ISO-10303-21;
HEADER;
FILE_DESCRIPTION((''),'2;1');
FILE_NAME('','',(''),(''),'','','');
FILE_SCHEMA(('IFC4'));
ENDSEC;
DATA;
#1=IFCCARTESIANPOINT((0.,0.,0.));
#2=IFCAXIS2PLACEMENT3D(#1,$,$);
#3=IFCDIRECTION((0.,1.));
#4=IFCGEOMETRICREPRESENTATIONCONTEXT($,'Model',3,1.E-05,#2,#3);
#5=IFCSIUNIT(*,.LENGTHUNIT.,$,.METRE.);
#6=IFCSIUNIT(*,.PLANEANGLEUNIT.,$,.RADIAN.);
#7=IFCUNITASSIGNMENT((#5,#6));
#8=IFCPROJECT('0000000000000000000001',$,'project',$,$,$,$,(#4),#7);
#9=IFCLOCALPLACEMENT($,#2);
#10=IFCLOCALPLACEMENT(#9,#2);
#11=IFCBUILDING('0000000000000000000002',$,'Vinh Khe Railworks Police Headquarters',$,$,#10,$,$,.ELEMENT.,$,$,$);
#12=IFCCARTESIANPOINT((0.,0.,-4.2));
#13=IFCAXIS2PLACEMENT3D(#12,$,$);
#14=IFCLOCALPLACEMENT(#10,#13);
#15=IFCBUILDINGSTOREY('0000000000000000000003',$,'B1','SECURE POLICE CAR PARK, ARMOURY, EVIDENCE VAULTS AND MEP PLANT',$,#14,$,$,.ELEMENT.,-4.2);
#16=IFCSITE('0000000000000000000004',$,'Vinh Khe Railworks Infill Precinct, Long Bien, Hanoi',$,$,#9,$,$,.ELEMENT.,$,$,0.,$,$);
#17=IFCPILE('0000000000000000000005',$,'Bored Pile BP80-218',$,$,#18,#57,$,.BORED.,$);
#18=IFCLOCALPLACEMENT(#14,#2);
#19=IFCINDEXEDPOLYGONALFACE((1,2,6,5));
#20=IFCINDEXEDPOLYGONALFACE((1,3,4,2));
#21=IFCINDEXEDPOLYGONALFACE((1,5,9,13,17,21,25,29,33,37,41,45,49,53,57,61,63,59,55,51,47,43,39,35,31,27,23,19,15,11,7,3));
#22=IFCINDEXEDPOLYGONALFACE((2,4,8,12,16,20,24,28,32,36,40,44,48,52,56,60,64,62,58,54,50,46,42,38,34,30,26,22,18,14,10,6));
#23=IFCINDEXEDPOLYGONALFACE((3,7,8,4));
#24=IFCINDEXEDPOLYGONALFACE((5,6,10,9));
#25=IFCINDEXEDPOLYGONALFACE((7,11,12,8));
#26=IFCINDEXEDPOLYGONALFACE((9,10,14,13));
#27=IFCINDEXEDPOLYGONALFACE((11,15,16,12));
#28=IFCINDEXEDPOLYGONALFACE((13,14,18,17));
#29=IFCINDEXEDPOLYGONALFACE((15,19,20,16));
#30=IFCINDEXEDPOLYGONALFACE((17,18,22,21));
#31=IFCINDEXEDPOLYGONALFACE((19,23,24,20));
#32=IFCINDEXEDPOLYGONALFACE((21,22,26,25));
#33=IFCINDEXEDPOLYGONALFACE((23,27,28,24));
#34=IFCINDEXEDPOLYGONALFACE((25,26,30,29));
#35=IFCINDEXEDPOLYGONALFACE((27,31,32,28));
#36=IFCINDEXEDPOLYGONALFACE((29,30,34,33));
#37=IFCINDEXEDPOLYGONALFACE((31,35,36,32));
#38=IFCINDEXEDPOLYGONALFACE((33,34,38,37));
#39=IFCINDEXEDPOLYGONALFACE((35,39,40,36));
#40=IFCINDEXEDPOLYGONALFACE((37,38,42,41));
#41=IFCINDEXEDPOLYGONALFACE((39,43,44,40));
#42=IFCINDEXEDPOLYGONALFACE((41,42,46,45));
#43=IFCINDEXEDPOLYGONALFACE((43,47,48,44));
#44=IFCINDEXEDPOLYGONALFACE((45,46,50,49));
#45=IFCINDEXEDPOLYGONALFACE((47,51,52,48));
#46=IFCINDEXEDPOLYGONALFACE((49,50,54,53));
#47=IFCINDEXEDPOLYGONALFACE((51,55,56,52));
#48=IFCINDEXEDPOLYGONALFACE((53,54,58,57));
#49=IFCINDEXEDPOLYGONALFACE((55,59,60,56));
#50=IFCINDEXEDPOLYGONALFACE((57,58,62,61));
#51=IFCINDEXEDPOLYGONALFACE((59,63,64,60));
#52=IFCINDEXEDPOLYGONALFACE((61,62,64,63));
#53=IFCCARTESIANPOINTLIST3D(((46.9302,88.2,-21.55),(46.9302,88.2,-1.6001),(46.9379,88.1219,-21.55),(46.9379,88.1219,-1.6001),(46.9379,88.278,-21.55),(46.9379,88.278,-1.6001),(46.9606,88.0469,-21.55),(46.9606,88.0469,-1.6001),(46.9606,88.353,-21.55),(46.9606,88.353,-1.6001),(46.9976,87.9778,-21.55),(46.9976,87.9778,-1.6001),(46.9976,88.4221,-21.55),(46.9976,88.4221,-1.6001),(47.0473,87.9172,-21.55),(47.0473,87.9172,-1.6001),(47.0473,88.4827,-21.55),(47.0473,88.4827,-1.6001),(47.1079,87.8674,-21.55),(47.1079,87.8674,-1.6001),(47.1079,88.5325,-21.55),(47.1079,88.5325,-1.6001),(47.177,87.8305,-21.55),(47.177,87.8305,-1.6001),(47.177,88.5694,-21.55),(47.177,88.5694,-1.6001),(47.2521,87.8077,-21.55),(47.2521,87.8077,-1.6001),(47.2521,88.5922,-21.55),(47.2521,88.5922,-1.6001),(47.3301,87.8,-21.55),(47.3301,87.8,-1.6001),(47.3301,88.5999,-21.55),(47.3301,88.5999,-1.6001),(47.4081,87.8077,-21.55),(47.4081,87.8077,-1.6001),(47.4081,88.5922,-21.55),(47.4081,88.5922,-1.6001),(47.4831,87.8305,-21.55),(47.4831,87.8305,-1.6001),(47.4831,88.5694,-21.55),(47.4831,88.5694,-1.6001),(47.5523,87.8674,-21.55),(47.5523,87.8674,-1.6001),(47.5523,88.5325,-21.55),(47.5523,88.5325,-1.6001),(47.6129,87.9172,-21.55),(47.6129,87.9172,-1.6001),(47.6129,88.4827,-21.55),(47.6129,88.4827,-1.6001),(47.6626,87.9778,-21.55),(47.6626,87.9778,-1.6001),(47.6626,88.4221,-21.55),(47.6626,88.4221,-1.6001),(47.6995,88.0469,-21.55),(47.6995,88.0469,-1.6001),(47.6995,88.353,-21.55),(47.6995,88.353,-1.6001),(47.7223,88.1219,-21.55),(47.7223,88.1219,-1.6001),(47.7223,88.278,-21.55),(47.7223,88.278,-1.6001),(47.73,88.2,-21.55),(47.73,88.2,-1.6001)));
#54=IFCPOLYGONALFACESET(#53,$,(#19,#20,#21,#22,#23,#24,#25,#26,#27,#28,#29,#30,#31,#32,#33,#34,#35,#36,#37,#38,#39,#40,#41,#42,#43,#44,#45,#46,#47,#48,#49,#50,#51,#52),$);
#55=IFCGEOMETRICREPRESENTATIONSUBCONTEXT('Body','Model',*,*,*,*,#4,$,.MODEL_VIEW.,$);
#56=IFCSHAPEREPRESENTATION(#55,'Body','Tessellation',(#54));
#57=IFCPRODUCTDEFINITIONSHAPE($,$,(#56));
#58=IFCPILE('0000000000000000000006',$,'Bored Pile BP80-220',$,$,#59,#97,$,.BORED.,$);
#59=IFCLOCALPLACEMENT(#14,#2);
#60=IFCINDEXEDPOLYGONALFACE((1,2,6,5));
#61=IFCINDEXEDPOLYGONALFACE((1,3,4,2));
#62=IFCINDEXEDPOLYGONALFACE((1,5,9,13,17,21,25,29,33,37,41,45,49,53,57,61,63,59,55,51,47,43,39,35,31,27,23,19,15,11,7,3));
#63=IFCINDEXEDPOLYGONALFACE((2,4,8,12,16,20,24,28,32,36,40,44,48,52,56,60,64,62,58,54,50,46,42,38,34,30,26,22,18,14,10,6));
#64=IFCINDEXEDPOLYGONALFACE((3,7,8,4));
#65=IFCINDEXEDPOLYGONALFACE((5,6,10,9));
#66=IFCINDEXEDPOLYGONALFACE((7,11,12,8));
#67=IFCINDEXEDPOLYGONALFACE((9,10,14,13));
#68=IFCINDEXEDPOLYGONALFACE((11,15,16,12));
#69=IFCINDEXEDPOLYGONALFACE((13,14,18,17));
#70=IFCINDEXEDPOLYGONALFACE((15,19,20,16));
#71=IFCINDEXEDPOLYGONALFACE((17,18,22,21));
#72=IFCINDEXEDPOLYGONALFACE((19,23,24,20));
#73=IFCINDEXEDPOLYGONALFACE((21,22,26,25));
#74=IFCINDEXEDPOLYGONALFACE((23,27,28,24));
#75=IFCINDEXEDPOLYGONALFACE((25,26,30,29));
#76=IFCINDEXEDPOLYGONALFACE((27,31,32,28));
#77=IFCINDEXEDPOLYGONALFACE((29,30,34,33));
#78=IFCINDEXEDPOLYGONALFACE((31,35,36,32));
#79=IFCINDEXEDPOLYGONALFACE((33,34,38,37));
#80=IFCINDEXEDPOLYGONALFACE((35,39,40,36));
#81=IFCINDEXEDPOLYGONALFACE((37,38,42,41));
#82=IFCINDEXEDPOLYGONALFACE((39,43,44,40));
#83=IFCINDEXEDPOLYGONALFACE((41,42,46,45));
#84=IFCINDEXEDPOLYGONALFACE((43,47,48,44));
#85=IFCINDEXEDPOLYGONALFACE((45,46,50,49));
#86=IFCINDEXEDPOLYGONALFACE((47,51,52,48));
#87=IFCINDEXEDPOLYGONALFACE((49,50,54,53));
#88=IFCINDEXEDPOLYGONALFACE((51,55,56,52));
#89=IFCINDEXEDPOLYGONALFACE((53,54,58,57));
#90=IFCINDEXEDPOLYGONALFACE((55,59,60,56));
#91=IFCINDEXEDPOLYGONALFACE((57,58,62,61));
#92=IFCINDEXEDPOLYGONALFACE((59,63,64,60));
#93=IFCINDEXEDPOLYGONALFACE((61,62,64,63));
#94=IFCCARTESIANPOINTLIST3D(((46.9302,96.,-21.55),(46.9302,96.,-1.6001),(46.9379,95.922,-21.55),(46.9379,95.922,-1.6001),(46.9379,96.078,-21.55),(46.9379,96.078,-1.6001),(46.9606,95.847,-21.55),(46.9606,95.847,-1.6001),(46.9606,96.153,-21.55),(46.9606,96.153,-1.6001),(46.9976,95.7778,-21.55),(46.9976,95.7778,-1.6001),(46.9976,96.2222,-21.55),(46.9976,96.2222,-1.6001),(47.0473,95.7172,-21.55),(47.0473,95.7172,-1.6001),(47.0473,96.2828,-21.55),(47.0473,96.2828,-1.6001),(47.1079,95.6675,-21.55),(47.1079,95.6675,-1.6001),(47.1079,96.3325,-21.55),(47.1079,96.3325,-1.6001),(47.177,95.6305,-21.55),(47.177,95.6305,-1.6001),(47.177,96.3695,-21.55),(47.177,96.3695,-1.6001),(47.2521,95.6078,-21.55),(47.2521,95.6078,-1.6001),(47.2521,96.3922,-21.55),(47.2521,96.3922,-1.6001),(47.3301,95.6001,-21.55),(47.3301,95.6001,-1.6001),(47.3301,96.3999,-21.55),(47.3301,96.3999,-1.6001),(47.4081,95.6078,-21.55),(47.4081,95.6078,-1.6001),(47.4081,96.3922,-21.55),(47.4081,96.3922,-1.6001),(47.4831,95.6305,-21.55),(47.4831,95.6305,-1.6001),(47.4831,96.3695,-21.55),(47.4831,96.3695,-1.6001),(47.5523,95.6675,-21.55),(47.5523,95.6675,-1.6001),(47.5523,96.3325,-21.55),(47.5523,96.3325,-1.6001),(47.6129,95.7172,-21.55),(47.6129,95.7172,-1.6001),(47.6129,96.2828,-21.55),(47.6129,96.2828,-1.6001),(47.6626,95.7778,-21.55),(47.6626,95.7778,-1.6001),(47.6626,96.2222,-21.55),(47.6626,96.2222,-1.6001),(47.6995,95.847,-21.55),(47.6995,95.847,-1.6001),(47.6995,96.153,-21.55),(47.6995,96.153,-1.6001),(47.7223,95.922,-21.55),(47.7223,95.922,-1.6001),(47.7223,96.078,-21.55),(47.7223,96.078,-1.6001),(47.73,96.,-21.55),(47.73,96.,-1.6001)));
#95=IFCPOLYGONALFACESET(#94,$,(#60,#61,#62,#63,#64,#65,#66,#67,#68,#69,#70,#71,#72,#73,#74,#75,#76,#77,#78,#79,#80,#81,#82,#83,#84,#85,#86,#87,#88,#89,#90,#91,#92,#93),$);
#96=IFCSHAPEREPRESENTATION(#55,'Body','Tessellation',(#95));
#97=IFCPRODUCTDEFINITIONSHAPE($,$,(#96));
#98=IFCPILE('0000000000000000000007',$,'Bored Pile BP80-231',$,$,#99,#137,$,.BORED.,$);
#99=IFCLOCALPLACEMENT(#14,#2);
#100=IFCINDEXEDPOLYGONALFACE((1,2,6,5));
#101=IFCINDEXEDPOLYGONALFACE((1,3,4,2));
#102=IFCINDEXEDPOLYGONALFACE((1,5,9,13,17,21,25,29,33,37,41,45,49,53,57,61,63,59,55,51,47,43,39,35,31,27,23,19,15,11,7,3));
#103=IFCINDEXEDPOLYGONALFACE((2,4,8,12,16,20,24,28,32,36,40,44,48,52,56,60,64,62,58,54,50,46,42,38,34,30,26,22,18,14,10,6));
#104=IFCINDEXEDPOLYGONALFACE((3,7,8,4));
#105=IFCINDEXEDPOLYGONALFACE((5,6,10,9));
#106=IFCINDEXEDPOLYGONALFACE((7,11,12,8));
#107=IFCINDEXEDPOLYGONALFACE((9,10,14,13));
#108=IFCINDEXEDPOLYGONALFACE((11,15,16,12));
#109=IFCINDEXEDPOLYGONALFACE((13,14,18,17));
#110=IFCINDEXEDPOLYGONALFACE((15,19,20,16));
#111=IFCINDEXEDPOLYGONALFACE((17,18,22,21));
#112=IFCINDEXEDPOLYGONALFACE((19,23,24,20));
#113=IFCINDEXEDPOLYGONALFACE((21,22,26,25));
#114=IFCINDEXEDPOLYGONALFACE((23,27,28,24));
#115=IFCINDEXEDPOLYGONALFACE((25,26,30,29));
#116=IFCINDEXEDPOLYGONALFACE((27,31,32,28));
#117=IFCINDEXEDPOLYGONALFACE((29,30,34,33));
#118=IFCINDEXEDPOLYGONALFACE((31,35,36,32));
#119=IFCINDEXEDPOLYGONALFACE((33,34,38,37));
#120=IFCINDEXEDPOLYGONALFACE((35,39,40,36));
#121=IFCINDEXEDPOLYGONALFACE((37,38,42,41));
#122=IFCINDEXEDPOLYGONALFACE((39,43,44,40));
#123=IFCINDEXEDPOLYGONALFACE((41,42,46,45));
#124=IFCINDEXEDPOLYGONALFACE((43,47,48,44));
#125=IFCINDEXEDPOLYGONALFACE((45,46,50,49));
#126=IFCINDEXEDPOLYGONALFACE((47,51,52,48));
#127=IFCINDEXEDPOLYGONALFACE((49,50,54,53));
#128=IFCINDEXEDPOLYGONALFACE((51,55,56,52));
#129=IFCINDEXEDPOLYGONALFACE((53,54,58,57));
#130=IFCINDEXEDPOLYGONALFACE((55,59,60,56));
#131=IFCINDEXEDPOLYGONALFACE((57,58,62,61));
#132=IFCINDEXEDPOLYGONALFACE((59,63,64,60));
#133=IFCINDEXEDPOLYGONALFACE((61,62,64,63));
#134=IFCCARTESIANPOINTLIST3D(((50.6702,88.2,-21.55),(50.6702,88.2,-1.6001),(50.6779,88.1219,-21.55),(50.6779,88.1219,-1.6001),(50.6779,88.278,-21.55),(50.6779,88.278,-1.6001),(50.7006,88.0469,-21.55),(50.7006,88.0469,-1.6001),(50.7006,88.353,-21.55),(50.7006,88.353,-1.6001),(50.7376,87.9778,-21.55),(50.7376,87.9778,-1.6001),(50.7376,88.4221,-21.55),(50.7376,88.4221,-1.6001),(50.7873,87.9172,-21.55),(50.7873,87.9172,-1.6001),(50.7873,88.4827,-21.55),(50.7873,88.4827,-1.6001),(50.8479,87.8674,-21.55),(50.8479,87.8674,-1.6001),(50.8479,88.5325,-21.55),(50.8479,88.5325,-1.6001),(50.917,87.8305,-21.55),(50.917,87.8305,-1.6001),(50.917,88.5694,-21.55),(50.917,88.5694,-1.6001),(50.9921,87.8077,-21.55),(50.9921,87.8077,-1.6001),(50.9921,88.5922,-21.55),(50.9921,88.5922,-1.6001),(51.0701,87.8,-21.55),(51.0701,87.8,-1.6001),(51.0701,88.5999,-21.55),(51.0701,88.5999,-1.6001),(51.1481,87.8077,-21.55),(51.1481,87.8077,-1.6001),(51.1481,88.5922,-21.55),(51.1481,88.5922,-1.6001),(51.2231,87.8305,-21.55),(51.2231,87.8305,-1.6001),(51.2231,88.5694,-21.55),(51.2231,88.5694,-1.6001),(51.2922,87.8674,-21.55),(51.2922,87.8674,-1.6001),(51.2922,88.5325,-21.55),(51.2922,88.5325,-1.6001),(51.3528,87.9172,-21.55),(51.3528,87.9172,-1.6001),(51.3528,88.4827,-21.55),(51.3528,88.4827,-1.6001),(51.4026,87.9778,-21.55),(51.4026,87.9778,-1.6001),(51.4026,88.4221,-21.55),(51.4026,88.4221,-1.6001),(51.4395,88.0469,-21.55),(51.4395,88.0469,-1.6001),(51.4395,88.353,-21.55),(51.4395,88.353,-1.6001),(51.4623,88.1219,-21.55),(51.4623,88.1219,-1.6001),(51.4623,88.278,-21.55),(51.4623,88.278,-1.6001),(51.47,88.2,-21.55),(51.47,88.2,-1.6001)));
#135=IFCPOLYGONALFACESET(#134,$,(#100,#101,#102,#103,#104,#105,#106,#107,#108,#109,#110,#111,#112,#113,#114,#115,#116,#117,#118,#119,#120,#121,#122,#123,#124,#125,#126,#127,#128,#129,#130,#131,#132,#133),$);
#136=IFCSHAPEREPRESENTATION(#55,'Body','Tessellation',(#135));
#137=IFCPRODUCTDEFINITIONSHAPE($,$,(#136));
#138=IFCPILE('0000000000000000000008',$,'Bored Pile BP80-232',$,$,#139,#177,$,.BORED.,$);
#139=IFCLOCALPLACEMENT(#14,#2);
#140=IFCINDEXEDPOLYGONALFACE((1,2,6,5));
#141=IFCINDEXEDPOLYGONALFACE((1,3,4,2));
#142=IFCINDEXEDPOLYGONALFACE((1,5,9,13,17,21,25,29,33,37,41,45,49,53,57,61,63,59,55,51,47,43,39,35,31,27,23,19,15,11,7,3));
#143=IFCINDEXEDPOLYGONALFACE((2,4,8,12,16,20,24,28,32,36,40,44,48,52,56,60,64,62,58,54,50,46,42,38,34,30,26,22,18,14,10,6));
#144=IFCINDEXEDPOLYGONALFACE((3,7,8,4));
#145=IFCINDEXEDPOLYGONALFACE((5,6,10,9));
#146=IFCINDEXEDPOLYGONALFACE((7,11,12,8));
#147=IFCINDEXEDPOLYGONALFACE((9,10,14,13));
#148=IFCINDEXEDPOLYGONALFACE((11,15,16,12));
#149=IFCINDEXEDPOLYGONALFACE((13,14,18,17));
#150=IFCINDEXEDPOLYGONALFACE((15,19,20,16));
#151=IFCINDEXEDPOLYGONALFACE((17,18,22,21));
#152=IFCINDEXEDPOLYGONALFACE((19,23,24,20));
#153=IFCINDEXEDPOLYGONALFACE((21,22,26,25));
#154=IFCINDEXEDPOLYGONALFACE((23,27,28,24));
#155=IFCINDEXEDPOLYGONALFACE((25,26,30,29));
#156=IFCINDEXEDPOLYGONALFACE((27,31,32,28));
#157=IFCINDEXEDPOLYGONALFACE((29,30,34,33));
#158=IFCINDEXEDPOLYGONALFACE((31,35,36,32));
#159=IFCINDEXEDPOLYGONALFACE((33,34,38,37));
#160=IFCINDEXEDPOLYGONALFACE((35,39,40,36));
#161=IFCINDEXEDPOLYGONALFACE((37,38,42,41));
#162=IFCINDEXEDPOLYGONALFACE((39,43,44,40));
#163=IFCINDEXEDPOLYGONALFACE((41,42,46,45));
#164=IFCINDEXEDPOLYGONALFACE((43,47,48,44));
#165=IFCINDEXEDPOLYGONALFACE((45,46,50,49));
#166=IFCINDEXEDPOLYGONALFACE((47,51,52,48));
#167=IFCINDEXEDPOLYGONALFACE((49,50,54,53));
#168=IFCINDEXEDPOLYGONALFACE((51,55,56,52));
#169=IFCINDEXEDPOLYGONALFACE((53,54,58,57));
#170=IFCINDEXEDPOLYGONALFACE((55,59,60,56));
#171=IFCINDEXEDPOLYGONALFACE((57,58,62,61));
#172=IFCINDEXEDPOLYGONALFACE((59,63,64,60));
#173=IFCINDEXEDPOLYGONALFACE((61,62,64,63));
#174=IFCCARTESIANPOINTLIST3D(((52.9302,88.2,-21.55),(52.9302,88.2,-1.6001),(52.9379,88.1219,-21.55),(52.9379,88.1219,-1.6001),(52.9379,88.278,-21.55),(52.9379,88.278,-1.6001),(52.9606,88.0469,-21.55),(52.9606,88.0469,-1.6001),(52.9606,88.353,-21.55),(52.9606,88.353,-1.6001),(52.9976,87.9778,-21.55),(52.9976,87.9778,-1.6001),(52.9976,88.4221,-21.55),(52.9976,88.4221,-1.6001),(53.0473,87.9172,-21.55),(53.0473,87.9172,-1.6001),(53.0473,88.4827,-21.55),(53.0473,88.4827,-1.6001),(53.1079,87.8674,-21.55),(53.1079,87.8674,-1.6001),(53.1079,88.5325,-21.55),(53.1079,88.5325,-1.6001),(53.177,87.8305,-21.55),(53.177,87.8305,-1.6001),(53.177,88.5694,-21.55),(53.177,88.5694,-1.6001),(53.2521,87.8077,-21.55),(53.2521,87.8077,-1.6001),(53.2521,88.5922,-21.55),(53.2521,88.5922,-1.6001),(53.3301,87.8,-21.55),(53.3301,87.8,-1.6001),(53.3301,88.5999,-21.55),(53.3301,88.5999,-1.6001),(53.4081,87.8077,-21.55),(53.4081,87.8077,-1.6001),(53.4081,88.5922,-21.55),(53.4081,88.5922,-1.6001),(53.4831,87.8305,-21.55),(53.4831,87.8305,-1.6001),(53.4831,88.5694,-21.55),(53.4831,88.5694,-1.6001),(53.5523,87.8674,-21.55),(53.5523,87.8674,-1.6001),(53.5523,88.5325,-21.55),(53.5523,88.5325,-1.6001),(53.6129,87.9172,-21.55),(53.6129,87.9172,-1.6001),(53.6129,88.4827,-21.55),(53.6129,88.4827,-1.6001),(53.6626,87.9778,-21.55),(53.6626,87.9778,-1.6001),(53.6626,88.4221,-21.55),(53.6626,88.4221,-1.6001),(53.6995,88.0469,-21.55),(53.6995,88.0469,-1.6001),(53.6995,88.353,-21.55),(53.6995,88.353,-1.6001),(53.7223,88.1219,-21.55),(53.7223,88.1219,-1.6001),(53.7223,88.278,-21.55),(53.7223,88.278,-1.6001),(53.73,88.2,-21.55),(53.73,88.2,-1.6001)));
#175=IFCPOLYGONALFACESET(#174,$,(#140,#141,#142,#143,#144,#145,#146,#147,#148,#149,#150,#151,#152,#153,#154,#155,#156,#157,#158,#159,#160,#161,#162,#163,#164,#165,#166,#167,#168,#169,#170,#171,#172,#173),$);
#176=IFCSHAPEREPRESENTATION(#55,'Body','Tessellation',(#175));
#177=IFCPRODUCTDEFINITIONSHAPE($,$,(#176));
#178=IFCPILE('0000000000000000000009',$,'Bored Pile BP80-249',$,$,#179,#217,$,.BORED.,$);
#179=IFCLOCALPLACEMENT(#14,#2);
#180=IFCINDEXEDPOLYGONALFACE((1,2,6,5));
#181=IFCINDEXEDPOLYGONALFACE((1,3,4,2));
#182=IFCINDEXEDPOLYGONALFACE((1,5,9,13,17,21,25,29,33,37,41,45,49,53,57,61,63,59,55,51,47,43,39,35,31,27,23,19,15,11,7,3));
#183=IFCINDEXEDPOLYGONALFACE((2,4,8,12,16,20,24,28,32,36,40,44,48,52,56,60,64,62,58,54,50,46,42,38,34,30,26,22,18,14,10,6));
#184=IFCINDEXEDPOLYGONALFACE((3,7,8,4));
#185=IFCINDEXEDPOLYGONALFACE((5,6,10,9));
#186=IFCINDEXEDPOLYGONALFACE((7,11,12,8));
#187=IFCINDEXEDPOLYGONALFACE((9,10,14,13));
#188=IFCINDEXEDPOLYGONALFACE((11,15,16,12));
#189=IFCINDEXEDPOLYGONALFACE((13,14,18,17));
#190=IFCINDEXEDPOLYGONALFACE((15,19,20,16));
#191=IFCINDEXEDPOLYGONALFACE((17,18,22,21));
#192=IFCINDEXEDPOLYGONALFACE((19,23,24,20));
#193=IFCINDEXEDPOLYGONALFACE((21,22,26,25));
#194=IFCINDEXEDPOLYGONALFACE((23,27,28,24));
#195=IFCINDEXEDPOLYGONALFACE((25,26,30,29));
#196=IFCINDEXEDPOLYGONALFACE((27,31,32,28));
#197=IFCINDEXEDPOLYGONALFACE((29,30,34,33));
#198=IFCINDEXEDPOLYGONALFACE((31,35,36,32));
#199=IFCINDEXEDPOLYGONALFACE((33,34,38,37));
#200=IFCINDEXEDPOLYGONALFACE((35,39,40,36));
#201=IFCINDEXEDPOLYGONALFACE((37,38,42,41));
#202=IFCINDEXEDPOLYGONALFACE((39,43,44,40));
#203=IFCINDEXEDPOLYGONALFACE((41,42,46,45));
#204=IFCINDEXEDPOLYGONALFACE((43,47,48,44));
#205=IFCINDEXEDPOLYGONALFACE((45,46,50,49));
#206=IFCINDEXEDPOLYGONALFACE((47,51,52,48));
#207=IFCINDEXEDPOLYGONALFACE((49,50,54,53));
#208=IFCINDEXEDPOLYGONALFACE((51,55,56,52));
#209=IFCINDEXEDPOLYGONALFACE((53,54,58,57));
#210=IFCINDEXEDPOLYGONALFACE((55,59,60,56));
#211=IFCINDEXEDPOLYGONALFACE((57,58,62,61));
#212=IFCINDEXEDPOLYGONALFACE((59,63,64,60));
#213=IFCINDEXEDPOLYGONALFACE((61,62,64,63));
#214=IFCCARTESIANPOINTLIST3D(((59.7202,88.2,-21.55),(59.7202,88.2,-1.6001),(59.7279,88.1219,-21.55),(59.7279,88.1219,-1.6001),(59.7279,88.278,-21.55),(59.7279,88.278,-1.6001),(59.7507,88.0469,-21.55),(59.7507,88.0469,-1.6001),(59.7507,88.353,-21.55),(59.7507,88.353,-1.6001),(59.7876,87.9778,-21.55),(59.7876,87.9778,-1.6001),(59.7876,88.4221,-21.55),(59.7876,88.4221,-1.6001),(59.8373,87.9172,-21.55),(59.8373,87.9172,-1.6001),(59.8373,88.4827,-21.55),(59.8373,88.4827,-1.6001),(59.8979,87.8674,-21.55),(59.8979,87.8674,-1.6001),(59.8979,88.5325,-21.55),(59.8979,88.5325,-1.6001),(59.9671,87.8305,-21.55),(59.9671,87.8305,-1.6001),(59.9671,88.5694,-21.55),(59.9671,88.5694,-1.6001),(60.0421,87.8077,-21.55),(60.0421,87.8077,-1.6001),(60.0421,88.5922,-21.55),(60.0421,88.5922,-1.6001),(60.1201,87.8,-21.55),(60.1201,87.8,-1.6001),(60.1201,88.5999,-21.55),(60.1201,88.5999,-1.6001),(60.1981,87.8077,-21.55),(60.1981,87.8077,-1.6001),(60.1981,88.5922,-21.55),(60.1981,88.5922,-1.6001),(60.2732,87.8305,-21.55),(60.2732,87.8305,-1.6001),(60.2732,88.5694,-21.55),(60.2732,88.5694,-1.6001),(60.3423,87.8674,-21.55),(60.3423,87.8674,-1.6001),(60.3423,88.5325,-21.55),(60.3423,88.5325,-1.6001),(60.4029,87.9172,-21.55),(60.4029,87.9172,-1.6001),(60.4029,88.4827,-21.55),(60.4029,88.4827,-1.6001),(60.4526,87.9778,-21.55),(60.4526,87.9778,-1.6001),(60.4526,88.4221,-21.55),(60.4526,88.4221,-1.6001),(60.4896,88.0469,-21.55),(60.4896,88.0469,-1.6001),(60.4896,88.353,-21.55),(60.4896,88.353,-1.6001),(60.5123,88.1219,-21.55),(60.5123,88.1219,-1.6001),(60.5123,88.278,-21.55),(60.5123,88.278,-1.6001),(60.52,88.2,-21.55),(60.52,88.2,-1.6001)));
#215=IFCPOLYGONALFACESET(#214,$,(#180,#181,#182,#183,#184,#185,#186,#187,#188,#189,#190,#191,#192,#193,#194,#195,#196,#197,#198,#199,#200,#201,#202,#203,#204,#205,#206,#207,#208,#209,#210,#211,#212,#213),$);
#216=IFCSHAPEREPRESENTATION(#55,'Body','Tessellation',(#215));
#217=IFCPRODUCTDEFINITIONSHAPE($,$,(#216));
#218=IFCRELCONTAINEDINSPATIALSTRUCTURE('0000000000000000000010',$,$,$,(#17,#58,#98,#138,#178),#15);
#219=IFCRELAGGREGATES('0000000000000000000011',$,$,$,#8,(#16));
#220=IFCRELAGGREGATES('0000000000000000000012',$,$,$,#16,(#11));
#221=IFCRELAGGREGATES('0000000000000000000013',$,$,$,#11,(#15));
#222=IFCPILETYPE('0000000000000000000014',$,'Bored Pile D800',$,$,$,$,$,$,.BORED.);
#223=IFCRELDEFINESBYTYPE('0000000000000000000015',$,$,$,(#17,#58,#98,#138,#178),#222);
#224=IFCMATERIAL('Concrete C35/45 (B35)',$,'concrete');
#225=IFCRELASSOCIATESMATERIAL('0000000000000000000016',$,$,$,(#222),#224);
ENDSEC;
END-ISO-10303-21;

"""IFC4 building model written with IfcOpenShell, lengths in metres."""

from ifc_helpers import new_model, si_unit, direction, frame, origin, origin_2d, place, context, subcontext, project, spatial, circle, extrude, material, material_profile, profile_set, type_object, element, save


model = new_model("IFC4")

# Units and contexts
model_context = context("Model", 3, precision=1e-05, world=origin(), true_north=direction((0.0, 1.0)))
body_context = subcontext(model_context, "Body", "Model", "MODEL_VIEW")
ifc_project = project(units=[si_unit("LENGTHUNIT", "METRE"), si_unit("PLANEANGLEUNIT", "RADIAN")], contexts=[model_context])

# Site, building, storey
site_placement = place(None, origin())
site = spatial("IfcSite", under=ifc_project, at=site_placement, Name="Vinh Khe Railworks Infill Precinct, Long Bien, Hanoi", CompositionType="ELEMENT", RefElevation=0.0)
building_placement = place(site_placement, origin())
building = spatial("IfcBuilding", under=site, at=building_placement, Name="Vinh Khe Railworks Police Headquarters", CompositionType="ELEMENT")
storey_placement = place(building_placement, frame((0.0, 0.0, -4.2)))
storey = spatial("IfcBuildingStorey", under=building, at=storey_placement, Name="B1", Description="SECURE POLICE CAR PARK, ARMOURY, EVIDENCE VAULTS AND MEP PLANT", CompositionType="ELEMENT", Elevation=-4.2)

# Piles
ifc_material_1 = material(Name="Concrete C35/45 (B35)", Category="concrete")
ifc_material_profile_1 = material_profile(ifc_material_1, circle(Radius=0.3999, at=origin_2d()), Name="BORED PILE D800")
ifc_profile_set_1 = profile_set([ifc_material_profile_1], Name="Concrete C35/45 (B35)")
pile_type_1 = type_object("IfcPileType", Name="Bored Pile D800", PredefinedType="BORED", material=ifc_profile_set_1)
for number, where, z_axis, x_axis, name in (
    (1, (47.3301, 88.2, -1.6001), (0.0, 0.0, -1.0), (1.0, 0.0, 0.0), "Bored Pile BP80-218"),
    (2, (47.3301, 96.0, -1.6001), (0.0, 0.0, -1.0), (1.0, 0.0, 0.0), "Bored Pile BP80-220"),
    (3, (51.0701, 88.2, -1.6001), (0.0, 0.0, -1.0), (1.0, 0.0, 0.0), "Bored Pile BP80-231"),
    (4, (53.3301, 88.2, -1.6001), (0.0, 0.0, -1.0), (1.0, 0.0, 0.0), "Bored Pile BP80-232"),
    (5, (60.1201, 88.2, -1.6001), (0.0, 0.0, -1.0), (1.0, 0.0, 0.0), "Bored Pile BP80-249"),
):
    element("IfcPile", number, at=place(storey_placement, frame(where, z_axis=z_axis, x_axis=x_axis)), inside=storey, type_object=pile_type_1, Name=name, PredefinedType="BORED", context=body_context, shape_type="SweptSolid", body=[
        extrude(circle(Radius=0.3999, at=origin_2d()), origin(), (0.0, 0.0, 1.0), 19.95),
    ])

save(model, "model.ifc")
